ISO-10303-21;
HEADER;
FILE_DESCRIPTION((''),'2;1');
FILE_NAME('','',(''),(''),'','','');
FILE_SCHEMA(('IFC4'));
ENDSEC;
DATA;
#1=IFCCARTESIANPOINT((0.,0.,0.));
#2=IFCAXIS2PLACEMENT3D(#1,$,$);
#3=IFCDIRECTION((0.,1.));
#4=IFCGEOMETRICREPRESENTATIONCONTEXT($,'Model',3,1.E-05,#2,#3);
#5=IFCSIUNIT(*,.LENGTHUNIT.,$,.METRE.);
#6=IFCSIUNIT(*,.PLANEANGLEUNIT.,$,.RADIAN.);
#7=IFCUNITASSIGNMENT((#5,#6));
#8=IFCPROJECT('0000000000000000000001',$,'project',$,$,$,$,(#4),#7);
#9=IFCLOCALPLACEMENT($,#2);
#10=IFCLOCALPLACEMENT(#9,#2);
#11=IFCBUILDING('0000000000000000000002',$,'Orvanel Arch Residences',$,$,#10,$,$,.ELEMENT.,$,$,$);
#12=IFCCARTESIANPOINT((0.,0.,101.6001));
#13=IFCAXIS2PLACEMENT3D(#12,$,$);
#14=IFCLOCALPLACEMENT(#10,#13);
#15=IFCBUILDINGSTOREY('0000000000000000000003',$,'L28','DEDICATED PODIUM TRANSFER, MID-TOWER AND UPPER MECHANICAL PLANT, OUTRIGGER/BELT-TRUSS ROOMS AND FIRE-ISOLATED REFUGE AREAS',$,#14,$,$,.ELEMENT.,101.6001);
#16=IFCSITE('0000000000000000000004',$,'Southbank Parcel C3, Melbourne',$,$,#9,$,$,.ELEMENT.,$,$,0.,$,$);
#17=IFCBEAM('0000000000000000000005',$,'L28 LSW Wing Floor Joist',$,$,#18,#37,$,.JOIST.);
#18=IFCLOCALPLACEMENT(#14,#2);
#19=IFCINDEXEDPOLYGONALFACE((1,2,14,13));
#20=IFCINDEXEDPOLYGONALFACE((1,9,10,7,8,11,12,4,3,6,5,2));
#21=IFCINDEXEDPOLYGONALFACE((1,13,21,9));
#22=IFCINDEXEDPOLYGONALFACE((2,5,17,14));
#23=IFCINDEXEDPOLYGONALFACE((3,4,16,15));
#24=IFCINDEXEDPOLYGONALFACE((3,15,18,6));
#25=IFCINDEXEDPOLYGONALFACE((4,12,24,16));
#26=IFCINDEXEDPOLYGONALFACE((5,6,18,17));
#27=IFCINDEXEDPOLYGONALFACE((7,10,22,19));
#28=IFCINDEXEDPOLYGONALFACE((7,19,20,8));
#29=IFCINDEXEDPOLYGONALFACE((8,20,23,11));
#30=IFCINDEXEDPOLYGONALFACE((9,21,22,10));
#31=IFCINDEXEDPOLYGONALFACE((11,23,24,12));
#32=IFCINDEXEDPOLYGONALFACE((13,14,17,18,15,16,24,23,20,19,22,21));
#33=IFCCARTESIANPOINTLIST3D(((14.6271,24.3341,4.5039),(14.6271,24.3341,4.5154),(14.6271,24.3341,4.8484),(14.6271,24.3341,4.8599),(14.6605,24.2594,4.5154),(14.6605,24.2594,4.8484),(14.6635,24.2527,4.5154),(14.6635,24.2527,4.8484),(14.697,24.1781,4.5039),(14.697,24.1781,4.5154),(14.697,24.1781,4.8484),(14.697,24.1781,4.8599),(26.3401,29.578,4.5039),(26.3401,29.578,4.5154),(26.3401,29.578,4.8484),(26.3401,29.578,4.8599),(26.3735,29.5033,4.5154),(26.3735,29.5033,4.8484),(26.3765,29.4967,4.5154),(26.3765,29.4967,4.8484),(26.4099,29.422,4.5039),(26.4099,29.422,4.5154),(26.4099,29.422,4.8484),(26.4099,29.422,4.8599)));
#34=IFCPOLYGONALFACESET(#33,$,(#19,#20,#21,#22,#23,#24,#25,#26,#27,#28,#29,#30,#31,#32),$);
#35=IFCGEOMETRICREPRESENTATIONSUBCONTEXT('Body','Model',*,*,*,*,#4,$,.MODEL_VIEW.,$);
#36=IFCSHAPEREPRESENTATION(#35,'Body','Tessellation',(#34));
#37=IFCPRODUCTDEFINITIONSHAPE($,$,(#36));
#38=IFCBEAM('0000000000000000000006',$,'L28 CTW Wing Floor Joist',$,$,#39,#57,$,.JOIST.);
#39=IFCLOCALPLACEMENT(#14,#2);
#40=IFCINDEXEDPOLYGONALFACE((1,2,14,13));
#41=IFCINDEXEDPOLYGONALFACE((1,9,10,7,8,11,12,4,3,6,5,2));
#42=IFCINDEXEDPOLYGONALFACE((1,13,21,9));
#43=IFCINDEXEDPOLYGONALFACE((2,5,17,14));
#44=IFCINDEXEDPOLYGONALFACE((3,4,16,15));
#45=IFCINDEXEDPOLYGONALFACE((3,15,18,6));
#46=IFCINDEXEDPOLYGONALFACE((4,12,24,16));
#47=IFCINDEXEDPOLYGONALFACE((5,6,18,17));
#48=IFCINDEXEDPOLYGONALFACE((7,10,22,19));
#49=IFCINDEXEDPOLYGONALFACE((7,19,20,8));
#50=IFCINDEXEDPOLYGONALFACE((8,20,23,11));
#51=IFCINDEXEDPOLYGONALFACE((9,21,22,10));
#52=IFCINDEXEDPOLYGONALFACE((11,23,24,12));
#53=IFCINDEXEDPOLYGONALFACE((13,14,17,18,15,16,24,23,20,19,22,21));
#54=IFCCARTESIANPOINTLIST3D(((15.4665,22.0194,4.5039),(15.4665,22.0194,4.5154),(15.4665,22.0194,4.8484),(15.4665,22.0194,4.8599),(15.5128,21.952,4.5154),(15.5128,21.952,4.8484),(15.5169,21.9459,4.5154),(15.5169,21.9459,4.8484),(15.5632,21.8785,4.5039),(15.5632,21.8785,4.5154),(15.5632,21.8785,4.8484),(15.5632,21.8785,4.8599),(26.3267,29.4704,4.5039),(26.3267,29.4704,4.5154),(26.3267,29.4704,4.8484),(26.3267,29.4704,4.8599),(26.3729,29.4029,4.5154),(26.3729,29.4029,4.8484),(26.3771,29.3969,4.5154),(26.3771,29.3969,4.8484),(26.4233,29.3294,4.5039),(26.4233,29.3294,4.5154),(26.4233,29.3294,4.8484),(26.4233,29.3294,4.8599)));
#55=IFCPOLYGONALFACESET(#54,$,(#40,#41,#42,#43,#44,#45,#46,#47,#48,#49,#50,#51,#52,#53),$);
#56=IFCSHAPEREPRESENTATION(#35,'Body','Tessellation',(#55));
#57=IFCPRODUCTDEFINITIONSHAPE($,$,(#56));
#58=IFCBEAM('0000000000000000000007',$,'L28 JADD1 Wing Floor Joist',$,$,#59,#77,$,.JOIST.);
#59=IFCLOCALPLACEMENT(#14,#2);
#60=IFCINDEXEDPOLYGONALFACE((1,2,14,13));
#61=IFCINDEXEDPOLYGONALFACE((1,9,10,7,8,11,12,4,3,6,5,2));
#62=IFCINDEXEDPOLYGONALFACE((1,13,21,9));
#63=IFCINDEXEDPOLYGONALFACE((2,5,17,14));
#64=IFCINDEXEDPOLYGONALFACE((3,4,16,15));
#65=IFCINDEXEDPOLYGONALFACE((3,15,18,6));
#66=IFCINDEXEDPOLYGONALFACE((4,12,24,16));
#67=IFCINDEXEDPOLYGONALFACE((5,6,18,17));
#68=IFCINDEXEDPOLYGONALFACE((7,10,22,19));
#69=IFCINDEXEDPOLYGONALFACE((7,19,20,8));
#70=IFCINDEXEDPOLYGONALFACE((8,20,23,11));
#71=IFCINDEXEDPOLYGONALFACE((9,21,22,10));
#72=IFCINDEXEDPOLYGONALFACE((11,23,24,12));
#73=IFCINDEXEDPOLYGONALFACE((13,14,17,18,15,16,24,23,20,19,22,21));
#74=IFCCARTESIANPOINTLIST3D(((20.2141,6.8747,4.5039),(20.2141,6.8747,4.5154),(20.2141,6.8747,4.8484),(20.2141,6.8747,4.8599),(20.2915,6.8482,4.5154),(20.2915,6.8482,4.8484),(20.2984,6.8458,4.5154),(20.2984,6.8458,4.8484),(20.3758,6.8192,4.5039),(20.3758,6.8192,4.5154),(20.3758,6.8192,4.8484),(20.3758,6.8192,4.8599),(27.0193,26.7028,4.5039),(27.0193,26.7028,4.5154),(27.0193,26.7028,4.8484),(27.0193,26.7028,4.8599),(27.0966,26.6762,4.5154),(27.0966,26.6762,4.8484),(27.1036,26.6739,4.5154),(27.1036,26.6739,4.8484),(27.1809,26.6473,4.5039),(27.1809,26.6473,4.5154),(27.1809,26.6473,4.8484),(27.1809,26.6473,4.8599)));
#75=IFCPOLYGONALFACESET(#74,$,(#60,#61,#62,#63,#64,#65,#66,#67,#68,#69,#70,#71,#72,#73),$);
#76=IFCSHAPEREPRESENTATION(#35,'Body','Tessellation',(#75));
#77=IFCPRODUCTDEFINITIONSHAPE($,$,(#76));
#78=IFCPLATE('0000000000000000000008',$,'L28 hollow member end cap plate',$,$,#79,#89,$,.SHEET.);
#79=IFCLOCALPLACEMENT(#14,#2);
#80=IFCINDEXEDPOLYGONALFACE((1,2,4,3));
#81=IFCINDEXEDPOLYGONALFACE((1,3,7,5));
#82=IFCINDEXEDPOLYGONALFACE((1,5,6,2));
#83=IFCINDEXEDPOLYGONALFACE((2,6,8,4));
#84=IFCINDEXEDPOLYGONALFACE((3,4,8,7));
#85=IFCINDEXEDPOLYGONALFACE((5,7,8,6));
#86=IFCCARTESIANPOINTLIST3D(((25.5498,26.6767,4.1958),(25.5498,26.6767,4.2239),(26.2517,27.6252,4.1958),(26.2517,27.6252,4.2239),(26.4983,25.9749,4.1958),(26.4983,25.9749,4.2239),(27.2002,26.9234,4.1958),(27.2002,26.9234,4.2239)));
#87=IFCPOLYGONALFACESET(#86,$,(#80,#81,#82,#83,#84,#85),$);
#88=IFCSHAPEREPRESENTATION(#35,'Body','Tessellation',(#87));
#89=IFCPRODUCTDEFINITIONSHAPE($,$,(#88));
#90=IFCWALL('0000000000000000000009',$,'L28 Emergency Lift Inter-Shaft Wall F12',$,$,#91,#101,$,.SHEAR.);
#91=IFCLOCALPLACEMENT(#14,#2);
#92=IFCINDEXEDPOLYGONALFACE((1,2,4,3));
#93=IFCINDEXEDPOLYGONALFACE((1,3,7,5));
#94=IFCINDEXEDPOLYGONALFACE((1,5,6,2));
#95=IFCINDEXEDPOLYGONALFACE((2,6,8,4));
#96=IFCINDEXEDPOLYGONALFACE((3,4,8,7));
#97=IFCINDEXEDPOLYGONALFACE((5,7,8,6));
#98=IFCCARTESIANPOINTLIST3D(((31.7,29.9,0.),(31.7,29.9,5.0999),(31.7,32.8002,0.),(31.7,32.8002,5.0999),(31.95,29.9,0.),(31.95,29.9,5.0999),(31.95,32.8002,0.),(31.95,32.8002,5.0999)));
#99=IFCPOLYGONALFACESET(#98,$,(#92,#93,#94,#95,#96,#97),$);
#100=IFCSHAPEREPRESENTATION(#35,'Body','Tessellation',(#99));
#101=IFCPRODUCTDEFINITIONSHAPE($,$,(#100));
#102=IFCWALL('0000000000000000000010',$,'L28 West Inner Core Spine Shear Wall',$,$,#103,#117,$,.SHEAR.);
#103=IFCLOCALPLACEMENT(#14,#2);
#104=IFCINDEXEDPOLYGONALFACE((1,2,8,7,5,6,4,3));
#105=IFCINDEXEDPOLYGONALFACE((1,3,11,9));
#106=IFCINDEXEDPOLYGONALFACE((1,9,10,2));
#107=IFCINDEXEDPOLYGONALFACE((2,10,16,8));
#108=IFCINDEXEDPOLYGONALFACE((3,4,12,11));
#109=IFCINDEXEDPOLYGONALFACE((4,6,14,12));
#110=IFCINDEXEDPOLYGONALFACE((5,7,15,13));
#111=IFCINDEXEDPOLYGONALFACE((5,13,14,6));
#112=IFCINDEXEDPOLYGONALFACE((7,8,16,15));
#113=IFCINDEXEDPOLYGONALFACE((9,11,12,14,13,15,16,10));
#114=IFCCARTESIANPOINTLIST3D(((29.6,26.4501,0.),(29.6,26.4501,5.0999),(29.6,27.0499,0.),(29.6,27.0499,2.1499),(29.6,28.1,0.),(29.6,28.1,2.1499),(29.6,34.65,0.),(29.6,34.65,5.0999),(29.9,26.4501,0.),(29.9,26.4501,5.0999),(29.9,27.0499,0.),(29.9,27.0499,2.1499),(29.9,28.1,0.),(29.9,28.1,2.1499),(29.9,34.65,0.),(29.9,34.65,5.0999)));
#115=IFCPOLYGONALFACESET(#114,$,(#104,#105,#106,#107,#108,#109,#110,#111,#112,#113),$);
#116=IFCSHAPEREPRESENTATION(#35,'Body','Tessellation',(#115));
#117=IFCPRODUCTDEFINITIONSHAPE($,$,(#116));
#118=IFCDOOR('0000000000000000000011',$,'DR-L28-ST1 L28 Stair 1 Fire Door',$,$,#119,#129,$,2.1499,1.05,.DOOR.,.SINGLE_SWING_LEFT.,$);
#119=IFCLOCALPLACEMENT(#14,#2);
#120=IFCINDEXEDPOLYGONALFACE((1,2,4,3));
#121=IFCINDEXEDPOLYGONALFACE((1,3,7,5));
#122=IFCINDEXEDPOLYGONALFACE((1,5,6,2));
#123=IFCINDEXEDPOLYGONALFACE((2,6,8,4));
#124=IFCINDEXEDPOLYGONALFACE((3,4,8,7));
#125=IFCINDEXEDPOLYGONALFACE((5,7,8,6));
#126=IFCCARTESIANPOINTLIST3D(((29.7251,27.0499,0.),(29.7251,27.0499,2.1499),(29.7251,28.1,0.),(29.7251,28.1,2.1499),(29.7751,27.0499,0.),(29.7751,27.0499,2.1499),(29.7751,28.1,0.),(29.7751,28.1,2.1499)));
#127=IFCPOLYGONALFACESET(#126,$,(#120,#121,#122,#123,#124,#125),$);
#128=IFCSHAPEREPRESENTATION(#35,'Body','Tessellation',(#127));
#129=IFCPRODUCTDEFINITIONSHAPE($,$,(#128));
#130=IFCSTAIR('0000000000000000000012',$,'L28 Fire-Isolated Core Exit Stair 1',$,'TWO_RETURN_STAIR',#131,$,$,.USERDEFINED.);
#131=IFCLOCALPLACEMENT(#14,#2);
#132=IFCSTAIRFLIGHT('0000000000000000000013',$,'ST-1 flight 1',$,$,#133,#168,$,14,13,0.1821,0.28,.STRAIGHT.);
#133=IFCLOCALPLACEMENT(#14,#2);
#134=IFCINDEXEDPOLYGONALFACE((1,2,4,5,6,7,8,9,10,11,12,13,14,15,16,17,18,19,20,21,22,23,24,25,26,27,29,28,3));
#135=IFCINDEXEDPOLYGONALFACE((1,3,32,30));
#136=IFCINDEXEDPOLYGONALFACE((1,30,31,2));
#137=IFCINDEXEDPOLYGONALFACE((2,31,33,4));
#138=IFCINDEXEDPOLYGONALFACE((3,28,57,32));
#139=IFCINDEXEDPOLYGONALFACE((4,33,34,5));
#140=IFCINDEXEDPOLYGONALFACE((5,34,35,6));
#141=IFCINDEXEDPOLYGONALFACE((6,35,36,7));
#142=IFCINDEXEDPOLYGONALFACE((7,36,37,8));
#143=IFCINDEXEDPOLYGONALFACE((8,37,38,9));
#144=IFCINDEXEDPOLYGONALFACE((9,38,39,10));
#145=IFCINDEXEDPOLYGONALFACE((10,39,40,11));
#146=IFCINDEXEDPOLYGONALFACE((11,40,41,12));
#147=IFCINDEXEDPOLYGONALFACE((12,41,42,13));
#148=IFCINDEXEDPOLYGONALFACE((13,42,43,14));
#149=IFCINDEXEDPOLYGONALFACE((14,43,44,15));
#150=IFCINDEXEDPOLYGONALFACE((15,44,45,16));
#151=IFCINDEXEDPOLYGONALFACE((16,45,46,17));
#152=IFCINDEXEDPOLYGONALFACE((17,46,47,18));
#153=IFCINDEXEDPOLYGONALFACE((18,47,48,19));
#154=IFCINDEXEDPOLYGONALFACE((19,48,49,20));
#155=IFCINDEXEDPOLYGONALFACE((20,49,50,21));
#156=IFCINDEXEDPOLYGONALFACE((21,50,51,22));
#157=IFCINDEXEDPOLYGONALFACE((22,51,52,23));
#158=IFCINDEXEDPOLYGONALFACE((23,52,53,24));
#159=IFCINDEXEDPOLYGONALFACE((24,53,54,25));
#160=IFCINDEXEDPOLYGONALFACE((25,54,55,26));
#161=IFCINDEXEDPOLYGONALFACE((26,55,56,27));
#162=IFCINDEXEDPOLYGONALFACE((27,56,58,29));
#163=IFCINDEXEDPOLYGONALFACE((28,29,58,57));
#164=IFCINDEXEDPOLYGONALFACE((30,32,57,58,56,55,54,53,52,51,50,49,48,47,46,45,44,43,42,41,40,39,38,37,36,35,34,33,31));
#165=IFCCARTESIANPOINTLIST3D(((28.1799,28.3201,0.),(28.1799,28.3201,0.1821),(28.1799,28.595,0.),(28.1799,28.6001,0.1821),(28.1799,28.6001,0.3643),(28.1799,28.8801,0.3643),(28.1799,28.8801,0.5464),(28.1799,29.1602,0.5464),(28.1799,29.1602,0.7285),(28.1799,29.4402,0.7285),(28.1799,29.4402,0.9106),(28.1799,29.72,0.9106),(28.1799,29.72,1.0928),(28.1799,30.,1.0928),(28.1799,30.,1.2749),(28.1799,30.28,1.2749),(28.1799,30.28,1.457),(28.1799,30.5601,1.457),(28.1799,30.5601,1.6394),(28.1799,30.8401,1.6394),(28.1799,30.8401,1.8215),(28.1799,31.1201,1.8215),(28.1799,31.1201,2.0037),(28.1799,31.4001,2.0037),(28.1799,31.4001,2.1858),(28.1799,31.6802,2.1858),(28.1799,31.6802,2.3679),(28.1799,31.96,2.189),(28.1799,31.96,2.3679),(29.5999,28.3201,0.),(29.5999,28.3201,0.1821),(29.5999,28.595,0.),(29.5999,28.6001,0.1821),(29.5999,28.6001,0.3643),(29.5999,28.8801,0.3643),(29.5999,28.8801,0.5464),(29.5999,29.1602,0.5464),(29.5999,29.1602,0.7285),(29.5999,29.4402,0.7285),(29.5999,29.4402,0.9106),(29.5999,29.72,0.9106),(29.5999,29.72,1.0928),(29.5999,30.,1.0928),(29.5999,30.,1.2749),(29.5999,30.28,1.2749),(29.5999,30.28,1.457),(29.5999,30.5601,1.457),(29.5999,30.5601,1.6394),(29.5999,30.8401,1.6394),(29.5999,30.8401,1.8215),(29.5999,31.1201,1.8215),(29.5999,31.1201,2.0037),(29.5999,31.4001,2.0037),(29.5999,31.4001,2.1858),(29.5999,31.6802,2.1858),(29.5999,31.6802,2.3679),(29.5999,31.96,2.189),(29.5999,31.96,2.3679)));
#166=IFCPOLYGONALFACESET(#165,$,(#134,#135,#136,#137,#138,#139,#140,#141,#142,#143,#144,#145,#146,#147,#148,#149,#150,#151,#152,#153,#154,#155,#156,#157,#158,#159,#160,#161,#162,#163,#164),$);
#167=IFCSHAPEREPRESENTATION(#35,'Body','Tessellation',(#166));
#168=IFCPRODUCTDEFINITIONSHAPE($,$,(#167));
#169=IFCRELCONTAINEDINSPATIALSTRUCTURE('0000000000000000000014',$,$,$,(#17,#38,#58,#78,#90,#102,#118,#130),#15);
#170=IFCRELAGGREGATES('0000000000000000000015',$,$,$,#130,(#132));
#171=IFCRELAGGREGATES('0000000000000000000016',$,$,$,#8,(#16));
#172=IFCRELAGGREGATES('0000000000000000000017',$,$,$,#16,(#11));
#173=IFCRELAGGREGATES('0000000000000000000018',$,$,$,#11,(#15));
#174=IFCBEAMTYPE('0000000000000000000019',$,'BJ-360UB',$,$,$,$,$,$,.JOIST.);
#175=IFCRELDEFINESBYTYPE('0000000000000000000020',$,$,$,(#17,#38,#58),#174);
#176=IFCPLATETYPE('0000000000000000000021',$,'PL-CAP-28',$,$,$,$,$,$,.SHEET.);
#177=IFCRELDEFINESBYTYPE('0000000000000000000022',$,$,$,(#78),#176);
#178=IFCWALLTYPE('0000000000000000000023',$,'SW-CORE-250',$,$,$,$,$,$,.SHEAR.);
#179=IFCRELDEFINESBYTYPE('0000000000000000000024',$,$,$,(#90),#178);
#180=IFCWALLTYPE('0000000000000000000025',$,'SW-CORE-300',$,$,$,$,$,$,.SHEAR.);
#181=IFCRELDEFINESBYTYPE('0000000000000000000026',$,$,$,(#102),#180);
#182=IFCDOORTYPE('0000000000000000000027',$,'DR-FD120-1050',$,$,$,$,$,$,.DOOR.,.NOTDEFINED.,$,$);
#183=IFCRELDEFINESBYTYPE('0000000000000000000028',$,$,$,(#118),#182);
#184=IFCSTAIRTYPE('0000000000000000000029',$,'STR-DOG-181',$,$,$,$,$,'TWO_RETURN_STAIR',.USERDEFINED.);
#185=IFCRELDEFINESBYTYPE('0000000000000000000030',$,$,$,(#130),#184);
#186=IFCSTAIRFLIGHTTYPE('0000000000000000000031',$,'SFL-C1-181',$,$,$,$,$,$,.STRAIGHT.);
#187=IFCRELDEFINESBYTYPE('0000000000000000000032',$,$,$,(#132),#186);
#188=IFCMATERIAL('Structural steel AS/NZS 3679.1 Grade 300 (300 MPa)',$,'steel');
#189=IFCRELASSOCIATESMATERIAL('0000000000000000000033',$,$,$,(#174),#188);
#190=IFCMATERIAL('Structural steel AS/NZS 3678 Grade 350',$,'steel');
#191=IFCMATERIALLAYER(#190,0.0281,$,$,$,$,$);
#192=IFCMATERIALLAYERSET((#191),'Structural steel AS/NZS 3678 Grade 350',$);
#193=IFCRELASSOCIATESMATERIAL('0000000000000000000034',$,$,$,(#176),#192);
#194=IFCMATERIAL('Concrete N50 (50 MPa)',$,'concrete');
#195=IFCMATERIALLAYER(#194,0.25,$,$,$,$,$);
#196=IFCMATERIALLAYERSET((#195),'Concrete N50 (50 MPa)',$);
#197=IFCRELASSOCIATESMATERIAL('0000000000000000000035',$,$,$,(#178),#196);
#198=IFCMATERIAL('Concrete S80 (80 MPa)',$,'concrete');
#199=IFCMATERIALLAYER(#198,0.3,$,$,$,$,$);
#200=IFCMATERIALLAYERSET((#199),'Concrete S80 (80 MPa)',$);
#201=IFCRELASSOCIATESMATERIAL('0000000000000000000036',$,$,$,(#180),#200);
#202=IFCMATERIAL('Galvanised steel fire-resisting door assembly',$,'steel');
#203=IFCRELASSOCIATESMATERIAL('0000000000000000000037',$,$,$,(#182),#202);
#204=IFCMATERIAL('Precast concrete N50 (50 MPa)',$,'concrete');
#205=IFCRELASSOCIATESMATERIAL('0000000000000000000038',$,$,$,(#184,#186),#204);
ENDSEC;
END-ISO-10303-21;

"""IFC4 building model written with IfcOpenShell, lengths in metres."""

from ifc_helpers import new_model, si_unit, direction, frame, frame_2d, origin, origin_2d, place, context, subcontext, project, spatial, polyline, rectangle, i_section, outline, extrude, material, layer, layer_set, material_profile, profile_set, type_object, element, fill, aggregate, save


model = new_model("IFC4")

# Units and contexts
model_context = context("Model", 3, precision=1e-05, world=origin(), true_north=direction((0.0, 1.0)))
body_context = subcontext(model_context, "Body", "Model", "MODEL_VIEW")
ifc_project = project(units=[si_unit("LENGTHUNIT", "METRE"), si_unit("PLANEANGLEUNIT", "RADIAN")], contexts=[model_context])

# Site, building, storey
site_placement = place(None, origin())
site = spatial("IfcSite", under=ifc_project, at=site_placement, Name="Southbank Parcel C3, Melbourne", CompositionType="ELEMENT", RefElevation=0.0)
building_placement = place(site_placement, origin())
building = spatial("IfcBuilding", under=site, at=building_placement, Name="Orvanel Arch Residences", CompositionType="ELEMENT")
storey_placement = place(building_placement, frame((0.0, 0.0, 101.6001)))
storey = spatial("IfcBuildingStorey", under=building, at=storey_placement, Name="L28", Description="DEDICATED PODIUM TRANSFER, MID-TOWER AND UPPER MECHANICAL PLANT, OUTRIGGER/BELT-TRUSS ROOMS AND FIRE-ISOLATED REFUGE AREAS", CompositionType="ELEMENT", Elevation=101.6001)

# Beams
ifc_material_1 = material(Name="Structural steel AS/NZS 3679.1 Grade 300 (300 MPa)", Category="steel")
ifc_material_profile_1 = material_profile(ifc_material_1, i_section(OverallWidth=0.1709, OverallDepth=0.356, WebThickness=0.0073, FlangeThickness=0.0115, at=origin_2d()), Name="360UB50.7")
ifc_profile_set_1 = profile_set([ifc_material_profile_1], Name="Structural steel AS/NZS 3679.1 Grade 300 (300 MPa)")
beam_type_1 = type_object("IfcBeamType", Name="BJ-360UB", PredefinedType="JOIST", material=ifc_profile_set_1)
beam_1_placement = place(storey_placement, frame((26.375, 29.5, 4.6819), z_axis=(-0.912704, -0.408621, 0.0), x_axis=(0.408621, -0.912704, 0.0)))
element("IfcBeam", 1, at=beam_1_placement, inside=storey, type_object=beam_type_1, Name="L28 LSW Wing Floor Joist", PredefinedType="JOIST", context=body_context, shape_type="SweptSolid", body=[
    extrude(i_section(OverallWidth=0.1709, OverallDepth=0.356, WebThickness=0.0073, FlangeThickness=0.0115, at=origin_2d()), origin(), (0.0, 0.0, 1.0), 12.8333),
])
beam_2_placement = place(storey_placement, frame((26.375, 29.3999, 4.6819), z_axis=(-0.824587, -0.565735, 0.0), x_axis=(0.565735, -0.824587, 0.0)))
element("IfcBeam", 2, at=beam_2_placement, inside=storey, type_object=beam_type_1, Name="L28 CTW Wing Floor Joist", PredefinedType="JOIST", context=body_context, shape_type="SweptSolid", body=[
    extrude(i_section(OverallWidth=0.1709, OverallDepth=0.356, WebThickness=0.0073, FlangeThickness=0.0115, at=origin_2d()), origin(), (0.0, 0.0, 1.0), 13.1704),
])
beam_3_placement = place(storey_placement, frame((27.1001, 26.675, 4.6819), z_axis=(-0.324621, -0.945844, 0.0), x_axis=(0.945844, -0.324621, 0.0)))
element("IfcBeam", 3, at=beam_3_placement, inside=storey, type_object=beam_type_1, Name="L28 JADD1 Wing Floor Joist", PredefinedType="JOIST", context=body_context, shape_type="SweptSolid", body=[
    extrude(i_section(OverallWidth=0.1709, OverallDepth=0.356, WebThickness=0.0073, FlangeThickness=0.0115, at=origin_2d()), origin(), (0.0, 0.0, 1.0), 20.9634),
])

# Plate
ifc_material_2 = material(Name="Structural steel AS/NZS 3678 Grade 350", Category="steel")
ifc_layer_1 = layer(ifc_material_2, 0.0281)
ifc_layer_set_1 = layer_set([ifc_layer_1], Name="Structural steel AS/NZS 3678 Grade 350")
plate_type = type_object("IfcPlateType", Name="PL-CAP-28", PredefinedType="SHEET", material=ifc_layer_set_1)
plate_placement = place(storey_placement, frame((26.375, 26.8, 4.1958), z_axis=(0.0, 0.0, 1.0), x_axis=(0.594823, 0.803857, 0.0)))
element("IfcPlate", 4, at=plate_placement, inside=storey, type_object=plate_type, Name="L28 hollow member end cap plate", PredefinedType="SHEET", context=body_context, shape_type="SweptSolid", body=[
    extrude(rectangle(XDim=1.1799, YDim=1.1799, at=origin_2d()), origin(), (0.0, 0.0, 1.0), 0.0281),
])

# Wall
ifc_material_3 = material(Name="Concrete N50 (50 MPa)", Category="concrete")
ifc_layer_2 = layer(ifc_material_3, 0.25)
ifc_layer_set_2 = layer_set([ifc_layer_2], Name="Concrete N50 (50 MPa)")
wall_type_1 = type_object("IfcWallType", Name="SW-CORE-250", PredefinedType="SHEAR", material=ifc_layer_set_2)
wall_1_placement = place(storey_placement, frame((31.825, 29.8999, 0.0), z_axis=(0.0, 0.0, 1.0), x_axis=(0.0, 1.0, 0.0)))
element("IfcWall", 5, at=wall_1_placement, inside=storey, type_object=wall_type_1, Name="L28 Emergency Lift Inter-Shaft Wall F12", PredefinedType="SHEAR", context=body_context, shape_type="SweptSolid", body=[
    extrude(rectangle(XDim=2.9001, YDim=0.25, at=frame_2d((1.4502, 0.0))), origin(), (0.0, 0.0, 1.0), 5.0999),
])

# Wall, opening, door
ifc_material_4 = material(Name="Concrete S80 (80 MPa)", Category="concrete")
ifc_layer_3 = layer(ifc_material_4, 0.3)
ifc_layer_set_3 = layer_set([ifc_layer_3], Name="Concrete S80 (80 MPa)")
wall_type_2 = type_object("IfcWallType", Name="SW-CORE-300", PredefinedType="SHEAR", material=ifc_layer_set_3)
wall_2_placement = place(storey_placement, frame((29.75, 26.45, 0.0), z_axis=(0.0, 0.0, 1.0), x_axis=(0.0, 1.0, 0.0)))
wall_2 = element("IfcWall", 6, at=wall_2_placement, inside=storey, type_object=wall_type_2, Name="L28 West Inner Core Spine Shear Wall", PredefinedType="SHEAR", context=body_context, shape_type="SweptSolid", body=[
    extrude(rectangle(XDim=8.2, YDim=0.3, at=frame_2d((4.1001, 0.0))), origin(), (0.0, 0.0, 1.0), 5.0999),
])
opening_placement = place(wall_2_placement, frame((0.6001, 0.0, 0.0)))
opening = element("IfcOpeningElement", 7, at=opening_placement, cuts=wall_2, PredefinedType="OPENING", context=body_context, shape_type="SweptSolid", body=[
    extrude(rectangle(XDim=1.05, YDim=2.1499, at=frame_2d((0.5249, 1.075))), frame((0.0, 0.1599, 0.0), z_axis=(0.0, -1.0, 0.0), x_axis=(1.0, 0.0, 0.0)), (0.0, 0.0, 1.0), 0.3201),
])
ifc_material_5 = material(Name="Galvanised steel fire-resisting door assembly", Category="steel")
door_type = type_object("IfcDoorType", Name="DR-FD120-1050", OperationType="NOTDEFINED", PredefinedType="DOOR", material=ifc_material_5)
door_placement = place(opening_placement, origin())
door = element("IfcDoor", 8, at=door_placement, inside=storey, type_object=door_type, Name="DR-L28-ST1 L28 Stair 1 Fire Door", OperationType="SINGLE_SWING_LEFT", OverallHeight=2.1499, OverallWidth=1.05, PredefinedType="DOOR", context=body_context, shape_type="SweptSolid", body=[
    extrude(rectangle(XDim=1.05, YDim=2.1499, at=frame_2d((0.5249, 1.075))), frame((0.0, 0.0249, 0.0), z_axis=(0.0, -1.0, 0.0), x_axis=(1.0, 0.0, 0.0)), (0.0, 0.0, 1.0), 0.05),
])
fill(opening, door)

# Stair, stair flight
ifc_material_6 = material(Name="Precast concrete N50 (50 MPa)", Category="concrete")
stair_type = type_object("IfcStairType", Name="STR-DOG-181", ElementType="TWO_RETURN_STAIR", PredefinedType="USERDEFINED", material=ifc_material_6)
stair_placement = place(storey_placement, origin())
stair = element("IfcStair", 9, at=stair_placement, inside=storey, type_object=stair_type, Name="L28 Fire-Isolated Core Exit Stair 1", ObjectType="TWO_RETURN_STAIR", PredefinedType="USERDEFINED")
stair_flight_type = type_object("IfcStairFlightType", Name="SFL-C1-181", PredefinedType="STRAIGHT", material=ifc_material_6)
stair_flight_1_placement = place(storey_placement, frame((28.8899, 28.3201, 0.0), z_axis=(0.0, 0.0, 1.0), x_axis=(0.0, 1.0, 0.0)))
stair_flight_1 = element("IfcStairFlight", 10, at=stair_flight_1_placement, type_object=stair_flight_type, Name="ST-1 flight 1", NumberOfRisers=14, NumberOfTreads=13, PredefinedType="STRAIGHT", RiserHeight=0.1821, TreadLength=0.28, context=body_context, shape_type="SweptSolid", body=[
    extrude(outline(polyline([(0.0, 0.0), (0.0, 0.1821), (0.28, 0.1821), (0.28, 0.3643), (0.5601, 0.3643), (0.5601, 0.5464), (0.8401, 0.5464), (0.8401, 0.7285), (1.1201, 0.7285), (1.1201, 0.9106), (1.3999, 0.9106), (1.3999, 1.0928), (1.6799, 1.0928), (1.6799, 1.2749), (1.96, 1.2749), (1.96, 1.457), (2.24, 1.457), (2.24, 1.6394), (2.52, 1.6394), (2.52, 1.8215), (2.8, 1.8215), (2.8, 2.0037), (3.0801, 2.0037), (3.0801, 2.1858), (3.3601, 2.1858), (3.3601, 2.3679), (3.6399, 2.3679), (3.6399, 2.55), (3.6399, 2.189), (0.2749, 0.0), (0.0, 0.0)])), frame((0.0, 0.71, 0.0), z_axis=(0.0, -1.0, 0.0), x_axis=(1.0, 0.0, 0.0)), (0.0, 0.0, 1.0), 1.4199),
])
aggregate(stair, [stair_flight_1])

save(model, "model.ifc")
